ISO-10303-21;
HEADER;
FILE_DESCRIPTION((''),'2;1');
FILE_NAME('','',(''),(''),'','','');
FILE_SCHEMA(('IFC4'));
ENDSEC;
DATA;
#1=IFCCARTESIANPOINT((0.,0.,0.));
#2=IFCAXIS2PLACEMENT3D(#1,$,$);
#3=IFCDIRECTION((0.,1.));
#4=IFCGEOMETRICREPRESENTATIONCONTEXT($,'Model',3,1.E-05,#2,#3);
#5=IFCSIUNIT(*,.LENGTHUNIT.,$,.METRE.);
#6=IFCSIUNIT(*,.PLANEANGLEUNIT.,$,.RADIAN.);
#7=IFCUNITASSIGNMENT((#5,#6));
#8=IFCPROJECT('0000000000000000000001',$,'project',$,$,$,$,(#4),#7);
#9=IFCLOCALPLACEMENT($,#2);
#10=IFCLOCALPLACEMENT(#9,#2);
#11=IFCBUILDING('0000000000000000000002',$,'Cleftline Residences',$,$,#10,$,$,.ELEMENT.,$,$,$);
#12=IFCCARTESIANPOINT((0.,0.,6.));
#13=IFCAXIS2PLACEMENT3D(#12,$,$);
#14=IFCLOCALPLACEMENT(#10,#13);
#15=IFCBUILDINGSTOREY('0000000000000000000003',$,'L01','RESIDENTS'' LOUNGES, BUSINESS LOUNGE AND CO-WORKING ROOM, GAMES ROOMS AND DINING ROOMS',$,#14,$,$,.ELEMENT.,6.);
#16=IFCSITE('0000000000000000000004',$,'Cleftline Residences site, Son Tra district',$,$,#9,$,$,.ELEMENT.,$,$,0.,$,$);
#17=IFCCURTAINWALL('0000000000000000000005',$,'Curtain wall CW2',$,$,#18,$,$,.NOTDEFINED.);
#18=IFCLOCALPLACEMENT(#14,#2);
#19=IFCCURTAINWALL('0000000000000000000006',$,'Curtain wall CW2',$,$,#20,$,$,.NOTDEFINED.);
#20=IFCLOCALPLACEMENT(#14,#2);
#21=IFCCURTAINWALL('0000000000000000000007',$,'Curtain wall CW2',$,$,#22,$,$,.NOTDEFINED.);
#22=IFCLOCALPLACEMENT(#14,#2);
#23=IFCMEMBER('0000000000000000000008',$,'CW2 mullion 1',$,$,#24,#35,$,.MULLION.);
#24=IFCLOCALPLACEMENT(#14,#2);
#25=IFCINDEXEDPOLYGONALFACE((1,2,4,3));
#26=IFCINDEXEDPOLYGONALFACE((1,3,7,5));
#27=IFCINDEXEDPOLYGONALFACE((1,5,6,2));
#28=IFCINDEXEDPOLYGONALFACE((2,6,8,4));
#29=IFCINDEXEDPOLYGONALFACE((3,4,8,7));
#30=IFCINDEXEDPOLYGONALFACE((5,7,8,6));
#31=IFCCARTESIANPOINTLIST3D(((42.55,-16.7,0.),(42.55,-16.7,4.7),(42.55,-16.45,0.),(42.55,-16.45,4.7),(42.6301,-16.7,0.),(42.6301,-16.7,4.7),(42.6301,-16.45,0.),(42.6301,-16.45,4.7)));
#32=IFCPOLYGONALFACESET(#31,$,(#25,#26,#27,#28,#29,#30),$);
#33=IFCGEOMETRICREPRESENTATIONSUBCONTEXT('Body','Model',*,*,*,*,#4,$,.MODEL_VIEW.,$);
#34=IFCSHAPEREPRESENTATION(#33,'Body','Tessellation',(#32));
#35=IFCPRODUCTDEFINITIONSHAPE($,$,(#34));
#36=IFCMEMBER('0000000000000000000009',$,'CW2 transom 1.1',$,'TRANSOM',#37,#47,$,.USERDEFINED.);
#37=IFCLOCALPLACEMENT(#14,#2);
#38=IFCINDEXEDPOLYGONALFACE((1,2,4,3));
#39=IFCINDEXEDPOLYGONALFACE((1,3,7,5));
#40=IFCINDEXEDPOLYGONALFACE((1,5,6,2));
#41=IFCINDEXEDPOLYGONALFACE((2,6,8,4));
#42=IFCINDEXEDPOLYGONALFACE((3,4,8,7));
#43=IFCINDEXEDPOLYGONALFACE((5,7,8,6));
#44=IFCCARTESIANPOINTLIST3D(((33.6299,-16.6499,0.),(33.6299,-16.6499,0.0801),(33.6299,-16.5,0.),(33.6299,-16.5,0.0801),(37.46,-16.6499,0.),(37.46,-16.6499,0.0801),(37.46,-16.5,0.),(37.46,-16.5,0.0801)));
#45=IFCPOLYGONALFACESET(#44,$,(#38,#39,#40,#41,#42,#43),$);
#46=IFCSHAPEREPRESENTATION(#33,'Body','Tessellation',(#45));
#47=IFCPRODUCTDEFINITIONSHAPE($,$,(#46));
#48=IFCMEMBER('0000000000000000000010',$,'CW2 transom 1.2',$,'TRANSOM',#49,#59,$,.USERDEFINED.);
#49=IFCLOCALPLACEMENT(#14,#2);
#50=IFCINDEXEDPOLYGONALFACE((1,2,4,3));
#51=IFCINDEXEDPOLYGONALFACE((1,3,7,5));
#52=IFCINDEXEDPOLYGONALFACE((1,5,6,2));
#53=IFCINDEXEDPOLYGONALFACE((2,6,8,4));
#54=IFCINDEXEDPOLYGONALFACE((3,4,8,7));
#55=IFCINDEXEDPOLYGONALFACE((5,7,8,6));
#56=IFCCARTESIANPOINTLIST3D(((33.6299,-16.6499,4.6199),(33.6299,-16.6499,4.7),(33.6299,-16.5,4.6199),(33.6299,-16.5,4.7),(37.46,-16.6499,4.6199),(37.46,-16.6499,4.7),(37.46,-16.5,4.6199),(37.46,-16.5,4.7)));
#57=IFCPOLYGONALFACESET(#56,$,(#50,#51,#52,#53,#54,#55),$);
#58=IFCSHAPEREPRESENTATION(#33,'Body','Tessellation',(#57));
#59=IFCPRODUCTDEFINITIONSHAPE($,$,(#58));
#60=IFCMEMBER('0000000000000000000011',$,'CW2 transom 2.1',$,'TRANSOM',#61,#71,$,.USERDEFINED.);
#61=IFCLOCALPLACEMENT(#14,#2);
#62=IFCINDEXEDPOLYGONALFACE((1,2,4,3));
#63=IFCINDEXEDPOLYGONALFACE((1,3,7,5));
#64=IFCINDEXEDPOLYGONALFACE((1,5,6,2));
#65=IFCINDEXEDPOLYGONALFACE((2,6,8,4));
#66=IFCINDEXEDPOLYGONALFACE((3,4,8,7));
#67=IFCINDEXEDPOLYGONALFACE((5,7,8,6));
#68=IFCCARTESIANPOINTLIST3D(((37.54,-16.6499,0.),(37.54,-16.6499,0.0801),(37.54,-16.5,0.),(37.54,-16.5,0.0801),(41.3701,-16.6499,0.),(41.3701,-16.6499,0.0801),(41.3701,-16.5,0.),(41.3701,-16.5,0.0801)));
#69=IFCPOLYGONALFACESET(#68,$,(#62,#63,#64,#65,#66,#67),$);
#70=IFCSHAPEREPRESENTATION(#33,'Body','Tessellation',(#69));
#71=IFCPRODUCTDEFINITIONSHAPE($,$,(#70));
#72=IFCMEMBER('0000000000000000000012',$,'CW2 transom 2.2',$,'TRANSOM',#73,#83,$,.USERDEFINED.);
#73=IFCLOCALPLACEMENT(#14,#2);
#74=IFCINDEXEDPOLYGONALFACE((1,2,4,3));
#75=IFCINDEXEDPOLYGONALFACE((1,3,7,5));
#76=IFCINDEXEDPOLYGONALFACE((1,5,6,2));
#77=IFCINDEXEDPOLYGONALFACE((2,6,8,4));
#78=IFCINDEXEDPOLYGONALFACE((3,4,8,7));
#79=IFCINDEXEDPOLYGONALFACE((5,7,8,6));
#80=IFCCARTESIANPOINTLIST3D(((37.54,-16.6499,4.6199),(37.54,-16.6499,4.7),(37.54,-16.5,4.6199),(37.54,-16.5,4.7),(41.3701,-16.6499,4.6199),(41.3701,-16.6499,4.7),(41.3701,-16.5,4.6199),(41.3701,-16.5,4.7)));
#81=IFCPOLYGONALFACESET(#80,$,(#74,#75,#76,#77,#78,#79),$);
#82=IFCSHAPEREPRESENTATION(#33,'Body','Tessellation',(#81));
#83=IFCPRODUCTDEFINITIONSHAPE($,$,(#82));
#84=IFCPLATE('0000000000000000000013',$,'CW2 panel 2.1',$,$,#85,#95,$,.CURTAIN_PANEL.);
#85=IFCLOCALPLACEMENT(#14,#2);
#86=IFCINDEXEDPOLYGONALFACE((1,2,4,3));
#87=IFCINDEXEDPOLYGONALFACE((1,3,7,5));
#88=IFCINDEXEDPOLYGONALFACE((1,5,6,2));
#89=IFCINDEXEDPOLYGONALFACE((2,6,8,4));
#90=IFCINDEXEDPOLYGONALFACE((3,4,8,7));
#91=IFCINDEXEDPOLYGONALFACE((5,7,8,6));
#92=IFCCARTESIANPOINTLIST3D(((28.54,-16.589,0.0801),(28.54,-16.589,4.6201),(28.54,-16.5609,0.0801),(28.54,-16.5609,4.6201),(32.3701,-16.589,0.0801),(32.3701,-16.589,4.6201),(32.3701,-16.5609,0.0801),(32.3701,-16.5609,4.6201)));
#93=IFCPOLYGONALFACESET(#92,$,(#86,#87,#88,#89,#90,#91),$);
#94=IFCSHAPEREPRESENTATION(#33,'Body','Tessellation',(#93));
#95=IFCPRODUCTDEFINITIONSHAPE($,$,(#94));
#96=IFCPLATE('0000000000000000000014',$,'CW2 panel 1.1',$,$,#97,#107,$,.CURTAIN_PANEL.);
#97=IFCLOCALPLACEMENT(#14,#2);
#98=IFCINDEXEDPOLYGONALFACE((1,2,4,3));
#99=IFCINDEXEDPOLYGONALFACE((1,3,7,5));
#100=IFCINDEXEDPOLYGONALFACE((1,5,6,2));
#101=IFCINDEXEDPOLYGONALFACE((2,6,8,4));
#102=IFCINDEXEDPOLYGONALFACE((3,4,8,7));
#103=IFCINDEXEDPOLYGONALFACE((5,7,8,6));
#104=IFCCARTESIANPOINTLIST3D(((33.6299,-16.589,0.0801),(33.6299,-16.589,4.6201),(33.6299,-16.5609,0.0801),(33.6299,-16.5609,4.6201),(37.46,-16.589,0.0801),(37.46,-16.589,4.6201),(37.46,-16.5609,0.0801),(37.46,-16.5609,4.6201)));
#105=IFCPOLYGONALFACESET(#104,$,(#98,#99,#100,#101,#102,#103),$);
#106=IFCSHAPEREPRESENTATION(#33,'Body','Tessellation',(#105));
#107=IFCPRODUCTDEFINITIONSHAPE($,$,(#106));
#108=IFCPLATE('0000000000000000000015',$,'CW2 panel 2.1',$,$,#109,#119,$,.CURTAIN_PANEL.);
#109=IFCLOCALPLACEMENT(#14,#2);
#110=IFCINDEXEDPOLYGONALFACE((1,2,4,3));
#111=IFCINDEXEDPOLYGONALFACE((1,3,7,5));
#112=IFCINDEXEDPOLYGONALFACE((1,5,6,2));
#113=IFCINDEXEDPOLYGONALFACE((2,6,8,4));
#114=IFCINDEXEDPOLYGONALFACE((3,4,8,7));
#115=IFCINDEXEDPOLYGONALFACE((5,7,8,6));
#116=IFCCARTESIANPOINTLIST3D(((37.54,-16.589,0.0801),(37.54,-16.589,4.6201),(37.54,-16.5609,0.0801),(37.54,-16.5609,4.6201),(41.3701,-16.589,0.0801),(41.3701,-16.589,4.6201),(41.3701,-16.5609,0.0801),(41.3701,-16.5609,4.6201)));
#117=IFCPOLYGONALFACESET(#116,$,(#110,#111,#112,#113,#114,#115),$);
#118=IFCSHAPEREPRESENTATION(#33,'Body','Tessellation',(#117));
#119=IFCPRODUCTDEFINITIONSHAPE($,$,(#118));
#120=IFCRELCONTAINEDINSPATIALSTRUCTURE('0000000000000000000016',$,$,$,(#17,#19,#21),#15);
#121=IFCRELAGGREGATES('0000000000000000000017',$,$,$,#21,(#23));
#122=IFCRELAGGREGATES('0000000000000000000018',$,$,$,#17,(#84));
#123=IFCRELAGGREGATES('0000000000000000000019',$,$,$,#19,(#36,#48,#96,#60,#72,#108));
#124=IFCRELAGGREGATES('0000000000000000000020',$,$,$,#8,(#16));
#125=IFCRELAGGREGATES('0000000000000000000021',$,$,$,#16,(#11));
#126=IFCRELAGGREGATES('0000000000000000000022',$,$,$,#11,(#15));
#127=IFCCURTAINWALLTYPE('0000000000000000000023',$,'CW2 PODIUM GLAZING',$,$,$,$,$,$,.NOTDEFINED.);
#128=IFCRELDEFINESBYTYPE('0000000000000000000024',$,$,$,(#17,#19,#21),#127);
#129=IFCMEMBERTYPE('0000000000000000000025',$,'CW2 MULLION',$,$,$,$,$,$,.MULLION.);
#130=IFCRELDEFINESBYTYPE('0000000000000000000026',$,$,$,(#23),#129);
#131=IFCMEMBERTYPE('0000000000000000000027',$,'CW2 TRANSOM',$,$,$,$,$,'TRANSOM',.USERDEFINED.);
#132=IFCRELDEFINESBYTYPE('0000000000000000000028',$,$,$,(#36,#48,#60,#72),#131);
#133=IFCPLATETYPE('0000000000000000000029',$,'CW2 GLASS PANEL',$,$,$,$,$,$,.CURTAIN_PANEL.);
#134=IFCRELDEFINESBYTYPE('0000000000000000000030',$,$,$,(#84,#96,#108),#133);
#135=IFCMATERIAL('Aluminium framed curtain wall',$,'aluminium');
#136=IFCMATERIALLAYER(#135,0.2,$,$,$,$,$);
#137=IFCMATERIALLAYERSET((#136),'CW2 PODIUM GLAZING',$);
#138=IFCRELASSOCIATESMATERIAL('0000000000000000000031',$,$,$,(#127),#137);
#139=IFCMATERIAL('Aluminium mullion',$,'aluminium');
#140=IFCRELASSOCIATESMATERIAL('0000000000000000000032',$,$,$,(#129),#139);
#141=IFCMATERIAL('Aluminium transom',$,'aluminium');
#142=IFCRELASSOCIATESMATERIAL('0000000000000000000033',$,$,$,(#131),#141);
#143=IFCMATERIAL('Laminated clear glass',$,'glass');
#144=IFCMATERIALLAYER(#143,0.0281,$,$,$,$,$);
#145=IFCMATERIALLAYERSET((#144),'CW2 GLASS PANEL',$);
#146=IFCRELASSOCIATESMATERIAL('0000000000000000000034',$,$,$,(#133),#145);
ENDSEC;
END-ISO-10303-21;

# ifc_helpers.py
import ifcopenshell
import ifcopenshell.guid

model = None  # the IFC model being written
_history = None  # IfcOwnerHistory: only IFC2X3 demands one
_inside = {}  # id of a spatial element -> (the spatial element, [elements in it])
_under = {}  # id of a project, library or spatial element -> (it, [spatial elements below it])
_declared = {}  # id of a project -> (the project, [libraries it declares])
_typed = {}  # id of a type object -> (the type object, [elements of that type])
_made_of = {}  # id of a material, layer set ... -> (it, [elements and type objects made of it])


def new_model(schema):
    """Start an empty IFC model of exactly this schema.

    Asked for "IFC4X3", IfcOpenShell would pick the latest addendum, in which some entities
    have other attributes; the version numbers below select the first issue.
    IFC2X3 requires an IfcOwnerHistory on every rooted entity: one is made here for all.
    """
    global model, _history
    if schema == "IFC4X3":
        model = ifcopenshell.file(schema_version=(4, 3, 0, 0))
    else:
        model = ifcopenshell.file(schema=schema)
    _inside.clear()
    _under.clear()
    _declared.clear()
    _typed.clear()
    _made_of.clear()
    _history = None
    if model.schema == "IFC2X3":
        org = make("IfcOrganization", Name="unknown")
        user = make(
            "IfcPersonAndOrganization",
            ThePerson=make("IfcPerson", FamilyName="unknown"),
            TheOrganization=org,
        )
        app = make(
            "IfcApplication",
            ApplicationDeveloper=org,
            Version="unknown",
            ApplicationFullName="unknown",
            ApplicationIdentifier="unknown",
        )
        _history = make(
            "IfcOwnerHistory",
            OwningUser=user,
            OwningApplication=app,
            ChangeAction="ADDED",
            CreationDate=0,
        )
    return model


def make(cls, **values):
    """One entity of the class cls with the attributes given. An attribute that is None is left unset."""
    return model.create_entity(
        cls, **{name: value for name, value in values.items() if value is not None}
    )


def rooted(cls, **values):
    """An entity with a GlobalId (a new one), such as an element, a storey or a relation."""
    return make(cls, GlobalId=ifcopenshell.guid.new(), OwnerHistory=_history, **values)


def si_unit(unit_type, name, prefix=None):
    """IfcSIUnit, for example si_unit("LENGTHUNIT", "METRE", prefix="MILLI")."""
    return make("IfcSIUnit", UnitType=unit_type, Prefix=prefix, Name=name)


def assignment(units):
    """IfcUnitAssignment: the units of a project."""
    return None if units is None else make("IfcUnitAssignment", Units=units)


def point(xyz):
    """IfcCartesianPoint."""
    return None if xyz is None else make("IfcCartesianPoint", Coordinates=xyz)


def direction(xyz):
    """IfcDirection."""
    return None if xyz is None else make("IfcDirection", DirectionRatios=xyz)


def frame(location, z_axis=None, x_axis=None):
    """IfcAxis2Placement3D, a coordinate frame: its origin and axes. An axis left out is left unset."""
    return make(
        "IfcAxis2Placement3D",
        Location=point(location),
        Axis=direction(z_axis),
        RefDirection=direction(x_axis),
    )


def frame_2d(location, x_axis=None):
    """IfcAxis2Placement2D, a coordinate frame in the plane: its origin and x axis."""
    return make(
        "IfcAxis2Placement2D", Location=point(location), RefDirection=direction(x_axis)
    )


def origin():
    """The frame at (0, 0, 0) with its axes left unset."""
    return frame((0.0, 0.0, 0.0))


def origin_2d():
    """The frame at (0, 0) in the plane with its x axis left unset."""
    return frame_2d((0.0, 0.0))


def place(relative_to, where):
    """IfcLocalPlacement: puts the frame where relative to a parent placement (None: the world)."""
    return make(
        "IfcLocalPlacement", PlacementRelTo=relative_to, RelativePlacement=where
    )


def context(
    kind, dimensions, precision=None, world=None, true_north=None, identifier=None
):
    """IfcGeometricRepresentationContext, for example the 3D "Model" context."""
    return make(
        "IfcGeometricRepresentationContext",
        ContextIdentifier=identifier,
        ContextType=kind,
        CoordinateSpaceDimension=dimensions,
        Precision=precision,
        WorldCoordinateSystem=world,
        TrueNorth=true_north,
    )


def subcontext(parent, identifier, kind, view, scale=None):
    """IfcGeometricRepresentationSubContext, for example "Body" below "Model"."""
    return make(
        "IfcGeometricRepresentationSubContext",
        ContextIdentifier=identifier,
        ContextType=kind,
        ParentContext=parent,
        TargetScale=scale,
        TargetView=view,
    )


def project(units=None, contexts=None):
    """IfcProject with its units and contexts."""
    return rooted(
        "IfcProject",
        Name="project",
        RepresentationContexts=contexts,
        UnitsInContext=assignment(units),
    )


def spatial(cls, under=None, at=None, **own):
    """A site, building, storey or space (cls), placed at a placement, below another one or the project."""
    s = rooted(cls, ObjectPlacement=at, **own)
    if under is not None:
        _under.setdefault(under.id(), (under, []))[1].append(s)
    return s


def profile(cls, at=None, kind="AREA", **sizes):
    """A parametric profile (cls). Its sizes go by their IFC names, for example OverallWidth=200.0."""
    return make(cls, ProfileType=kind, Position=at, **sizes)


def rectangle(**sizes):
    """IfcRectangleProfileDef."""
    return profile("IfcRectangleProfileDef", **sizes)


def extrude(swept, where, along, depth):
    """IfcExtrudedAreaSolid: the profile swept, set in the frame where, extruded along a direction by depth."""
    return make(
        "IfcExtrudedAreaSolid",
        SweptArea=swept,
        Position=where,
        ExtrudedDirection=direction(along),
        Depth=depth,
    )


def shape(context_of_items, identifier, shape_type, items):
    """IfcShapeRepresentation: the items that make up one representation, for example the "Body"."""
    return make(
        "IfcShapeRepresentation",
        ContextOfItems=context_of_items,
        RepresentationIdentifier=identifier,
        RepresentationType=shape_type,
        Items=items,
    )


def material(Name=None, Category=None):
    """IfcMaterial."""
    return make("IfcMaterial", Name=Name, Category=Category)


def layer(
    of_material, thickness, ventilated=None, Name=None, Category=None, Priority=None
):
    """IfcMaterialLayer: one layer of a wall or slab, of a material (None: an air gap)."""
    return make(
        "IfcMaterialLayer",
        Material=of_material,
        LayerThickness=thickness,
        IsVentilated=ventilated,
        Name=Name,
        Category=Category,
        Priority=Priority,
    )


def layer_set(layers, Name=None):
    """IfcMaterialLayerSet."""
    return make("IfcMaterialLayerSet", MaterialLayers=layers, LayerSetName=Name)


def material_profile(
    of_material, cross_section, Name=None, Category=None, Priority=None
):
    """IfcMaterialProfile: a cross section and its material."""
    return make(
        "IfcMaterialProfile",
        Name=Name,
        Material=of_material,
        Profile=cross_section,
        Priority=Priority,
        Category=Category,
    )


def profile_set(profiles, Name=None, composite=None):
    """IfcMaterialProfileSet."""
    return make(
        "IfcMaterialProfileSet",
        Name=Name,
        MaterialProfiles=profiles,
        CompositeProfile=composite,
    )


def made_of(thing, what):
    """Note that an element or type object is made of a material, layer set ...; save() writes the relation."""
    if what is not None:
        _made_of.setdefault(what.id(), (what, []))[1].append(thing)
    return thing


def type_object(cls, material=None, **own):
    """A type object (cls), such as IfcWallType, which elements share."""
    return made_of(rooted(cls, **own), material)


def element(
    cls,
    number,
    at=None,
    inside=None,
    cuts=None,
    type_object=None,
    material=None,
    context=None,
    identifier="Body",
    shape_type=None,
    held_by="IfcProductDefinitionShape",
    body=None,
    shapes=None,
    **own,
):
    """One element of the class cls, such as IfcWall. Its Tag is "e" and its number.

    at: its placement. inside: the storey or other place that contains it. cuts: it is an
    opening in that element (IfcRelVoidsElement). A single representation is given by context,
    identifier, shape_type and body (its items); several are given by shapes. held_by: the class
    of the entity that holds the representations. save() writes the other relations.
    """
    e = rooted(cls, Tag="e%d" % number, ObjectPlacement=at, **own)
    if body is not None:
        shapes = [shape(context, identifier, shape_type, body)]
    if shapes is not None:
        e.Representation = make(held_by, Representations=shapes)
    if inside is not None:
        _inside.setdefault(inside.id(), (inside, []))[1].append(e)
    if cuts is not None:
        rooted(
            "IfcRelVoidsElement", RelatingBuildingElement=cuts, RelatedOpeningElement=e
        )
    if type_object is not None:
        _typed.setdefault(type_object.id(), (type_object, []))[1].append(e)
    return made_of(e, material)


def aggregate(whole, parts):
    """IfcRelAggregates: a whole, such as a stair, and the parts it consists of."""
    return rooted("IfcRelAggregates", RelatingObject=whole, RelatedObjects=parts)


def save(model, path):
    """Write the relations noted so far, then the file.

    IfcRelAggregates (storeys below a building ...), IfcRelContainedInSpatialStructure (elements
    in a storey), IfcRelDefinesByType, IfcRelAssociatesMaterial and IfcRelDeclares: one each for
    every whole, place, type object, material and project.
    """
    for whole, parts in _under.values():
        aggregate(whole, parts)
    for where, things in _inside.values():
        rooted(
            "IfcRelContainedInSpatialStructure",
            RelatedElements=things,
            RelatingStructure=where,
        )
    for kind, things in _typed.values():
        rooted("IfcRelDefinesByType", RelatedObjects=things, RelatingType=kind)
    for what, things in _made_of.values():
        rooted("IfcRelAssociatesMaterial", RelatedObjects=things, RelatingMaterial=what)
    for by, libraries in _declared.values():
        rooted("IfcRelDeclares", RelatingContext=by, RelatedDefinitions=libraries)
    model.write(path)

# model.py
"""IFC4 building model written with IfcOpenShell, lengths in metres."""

from ifc_helpers import new_model, si_unit, direction, frame, origin, origin_2d, place, context, subcontext, project, spatial, rectangle, extrude, material, layer, layer_set, material_profile, profile_set, type_object, element, aggregate, save


model = new_model("IFC4")

# Units and contexts
model_context = context("Model", 3, precision=1e-05, world=origin(), true_north=direction((0.0, 1.0)))
body_context = subcontext(model_context, "Body", "Model", "MODEL_VIEW")
ifc_project = project(units=[si_unit("LENGTHUNIT", "METRE"), si_unit("PLANEANGLEUNIT", "RADIAN")], contexts=[model_context])

# Site, building, storey
site_placement = place(None, origin())
site = spatial("IfcSite", under=ifc_project, at=site_placement, Name="Cleftline Residences site, Son Tra district", CompositionType="ELEMENT", RefElevation=0.0)
building_placement = place(site_placement, origin())
building = spatial("IfcBuilding", under=site, at=building_placement, Name="Cleftline Residences", CompositionType="ELEMENT")
storey_placement = place(building_placement, frame((0.0, 0.0, 6.0)))
storey = spatial("IfcBuildingStorey", under=building, at=storey_placement, Name="L01", Description="RESIDENTS' LOUNGES, BUSINESS LOUNGE AND CO-WORKING ROOM, GAMES ROOMS AND DINING ROOMS", CompositionType="ELEMENT", Elevation=6.0)

# Curtain wall
ifc_material_1 = material(Name="Aluminium framed curtain wall", Category="aluminium")
ifc_layer_1 = layer(ifc_material_1, 0.2)
ifc_layer_set_1 = layer_set([ifc_layer_1], Name="CW2 PODIUM GLAZING")
curtain_wall_type = type_object("IfcCurtainWallType", Name="CW2 PODIUM GLAZING", PredefinedType="NOTDEFINED", material=ifc_layer_set_1)
curtain_wall_1_placement = place(storey_placement, origin())
curtain_wall_1 = element("IfcCurtainWall", 1, at=curtain_wall_1_placement, inside=storey, type_object=curtain_wall_type, Name="Curtain wall CW2", PredefinedType="NOTDEFINED")
ifc_material_2 = material(Name="Aluminium mullion", Category="aluminium")
ifc_material_profile_1 = material_profile(ifc_material_2, rectangle(XDim=0.25, YDim=0.0801, at=origin_2d()))
ifc_profile_set_1 = profile_set([ifc_material_profile_1], Name="Aluminium mullion")
member_type_1 = type_object("IfcMemberType", Name="CW2 MULLION", PredefinedType="MULLION", material=ifc_profile_set_1)

# Curtain wall
curtain_wall_2_placement = place(storey_placement, origin())
curtain_wall_2 = element("IfcCurtainWall", 2, at=curtain_wall_2_placement, inside=storey, type_object=curtain_wall_type, Name="Curtain wall CW2", PredefinedType="NOTDEFINED")

# Curtain wall, member
curtain_wall_3_placement = place(storey_placement, origin())
curtain_wall_3 = element("IfcCurtainWall", 3, at=curtain_wall_3_placement, inside=storey, type_object=curtain_wall_type, Name="Curtain wall CW2", PredefinedType="NOTDEFINED")
member_1_placement = place(storey_placement, frame((42.5901, -16.575, 0.0), z_axis=(0.0, 0.0, 1.0), x_axis=(0.0, 1.0, 0.0)))
member_1 = element("IfcMember", 4, at=member_1_placement, type_object=member_type_1, Name="CW2 mullion 1", PredefinedType="MULLION", context=body_context, shape_type="SweptSolid", body=[
    extrude(rectangle(XDim=0.25, YDim=0.0801, at=origin_2d()), origin(), (0.0, 0.0, 1.0), 4.7),
])
aggregate(curtain_wall_3, [member_1])

# Members
ifc_material_3 = material(Name="Aluminium transom", Category="aluminium")
ifc_material_profile_2 = material_profile(ifc_material_3, rectangle(XDim=0.1499, YDim=0.0801, at=origin_2d()))
ifc_profile_set_2 = profile_set([ifc_material_profile_2], Name="Aluminium transom")
member_type_2 = type_object("IfcMemberType", Name="CW2 TRANSOM", ElementType="TRANSOM", PredefinedType="USERDEFINED", material=ifc_profile_set_2)
member_2_placement = place(storey_placement, frame((33.6299, -16.575, 0.04), z_axis=(1.0, 0.0, 0.0), x_axis=(0.0, 1.0, 0.0)))
member_2 = element("IfcMember", 5, at=member_2_placement, type_object=member_type_2, Name="CW2 transom 1.1", ObjectType="TRANSOM", PredefinedType="USERDEFINED", context=body_context, shape_type="SweptSolid", body=[
    extrude(rectangle(XDim=0.1499, YDim=0.0801, at=origin_2d()), origin(), (0.0, 0.0, 1.0), 3.8301),
])
member_3_placement = place(storey_placement, frame((33.6299, -16.575, 4.6599), z_axis=(1.0, 0.0, 0.0), x_axis=(0.0, 1.0, 0.0)))
member_3 = element("IfcMember", 6, at=member_3_placement, type_object=member_type_2, Name="CW2 transom 1.2", ObjectType="TRANSOM", PredefinedType="USERDEFINED", context=body_context, shape_type="SweptSolid", body=[
    extrude(rectangle(XDim=0.1499, YDim=0.0801, at=origin_2d()), origin(), (0.0, 0.0, 1.0), 3.8301),
])
member_4_placement = place(storey_placement, frame((37.54, -16.575, 0.04), z_axis=(1.0, 0.0, 0.0), x_axis=(0.0, 1.0, 0.0)))
member_4 = element("IfcMember", 7, at=member_4_placement, type_object=member_type_2, Name="CW2 transom 2.1", ObjectType="TRANSOM", PredefinedType="USERDEFINED", context=body_context, shape_type="SweptSolid", body=[
    extrude(rectangle(XDim=0.1499, YDim=0.0801, at=origin_2d()), origin(), (0.0, 0.0, 1.0), 3.8301),
])
member_5_placement = place(storey_placement, frame((37.54, -16.575, 4.6599), z_axis=(1.0, 0.0, 0.0), x_axis=(0.0, 1.0, 0.0)))
member_5 = element("IfcMember", 8, at=member_5_placement, type_object=member_type_2, Name="CW2 transom 2.2", ObjectType="TRANSOM", PredefinedType="USERDEFINED", context=body_context, shape_type="SweptSolid", body=[
    extrude(rectangle(XDim=0.1499, YDim=0.0801, at=origin_2d()), origin(), (0.0, 0.0, 1.0), 3.8301),
])

# Plates
ifc_material_4 = material(Name="Laminated clear glass", Category="glass")
ifc_layer_2 = layer(ifc_material_4, 0.0281)
ifc_layer_set_2 = layer_set([ifc_layer_2], Name="CW2 GLASS PANEL")
plate_type = type_object("IfcPlateType", Name="CW2 GLASS PANEL", PredefinedType="CURTAIN_PANEL", material=ifc_layer_set_2)
plate_1_placement = place(storey_placement, frame((30.4551, -16.575, 0.0801), z_axis=(0.0, 0.0, 1.0), x_axis=(1.0, 0.0, 0.0)))
plate_1 = element("IfcPlate", 9, at=plate_1_placement, type_object=plate_type, Name="CW2 panel 2.1", PredefinedType="CURTAIN_PANEL", context=body_context, shape_type="SweptSolid", body=[
    extrude(rectangle(XDim=3.8301, YDim=0.0281, at=origin_2d()), origin(), (0.0, 0.0, 1.0), 4.54),
])
aggregate(curtain_wall_1, [plate_1])
plate_2_placement = place(storey_placement, frame((35.5449, -16.575, 0.0801), z_axis=(0.0, 0.0, 1.0), x_axis=(1.0, 0.0, 0.0)))
plate_2 = element("IfcPlate", 10, at=plate_2_placement, type_object=plate_type, Name="CW2 panel 1.1", PredefinedType="CURTAIN_PANEL", context=body_context, shape_type="SweptSolid", body=[
    extrude(rectangle(XDim=3.8301, YDim=0.0281, at=origin_2d()), origin(), (0.0, 0.0, 1.0), 4.54),
])
plate_3_placement = place(storey_placement, frame((39.4551, -16.575, 0.0801), z_axis=(0.0, 0.0, 1.0), x_axis=(1.0, 0.0, 0.0)))
plate_3 = element("IfcPlate", 11, at=plate_3_placement, type_object=plate_type, Name="CW2 panel 2.1", PredefinedType="CURTAIN_PANEL", context=body_context, shape_type="SweptSolid", body=[
    extrude(rectangle(XDim=3.8301, YDim=0.0281, at=origin_2d()), origin(), (0.0, 0.0, 1.0), 4.54),
])
aggregate(curtain_wall_2, [member_2, member_3, plate_2, member_4, member_5, plate_3])

save(model, "model.ifc")
